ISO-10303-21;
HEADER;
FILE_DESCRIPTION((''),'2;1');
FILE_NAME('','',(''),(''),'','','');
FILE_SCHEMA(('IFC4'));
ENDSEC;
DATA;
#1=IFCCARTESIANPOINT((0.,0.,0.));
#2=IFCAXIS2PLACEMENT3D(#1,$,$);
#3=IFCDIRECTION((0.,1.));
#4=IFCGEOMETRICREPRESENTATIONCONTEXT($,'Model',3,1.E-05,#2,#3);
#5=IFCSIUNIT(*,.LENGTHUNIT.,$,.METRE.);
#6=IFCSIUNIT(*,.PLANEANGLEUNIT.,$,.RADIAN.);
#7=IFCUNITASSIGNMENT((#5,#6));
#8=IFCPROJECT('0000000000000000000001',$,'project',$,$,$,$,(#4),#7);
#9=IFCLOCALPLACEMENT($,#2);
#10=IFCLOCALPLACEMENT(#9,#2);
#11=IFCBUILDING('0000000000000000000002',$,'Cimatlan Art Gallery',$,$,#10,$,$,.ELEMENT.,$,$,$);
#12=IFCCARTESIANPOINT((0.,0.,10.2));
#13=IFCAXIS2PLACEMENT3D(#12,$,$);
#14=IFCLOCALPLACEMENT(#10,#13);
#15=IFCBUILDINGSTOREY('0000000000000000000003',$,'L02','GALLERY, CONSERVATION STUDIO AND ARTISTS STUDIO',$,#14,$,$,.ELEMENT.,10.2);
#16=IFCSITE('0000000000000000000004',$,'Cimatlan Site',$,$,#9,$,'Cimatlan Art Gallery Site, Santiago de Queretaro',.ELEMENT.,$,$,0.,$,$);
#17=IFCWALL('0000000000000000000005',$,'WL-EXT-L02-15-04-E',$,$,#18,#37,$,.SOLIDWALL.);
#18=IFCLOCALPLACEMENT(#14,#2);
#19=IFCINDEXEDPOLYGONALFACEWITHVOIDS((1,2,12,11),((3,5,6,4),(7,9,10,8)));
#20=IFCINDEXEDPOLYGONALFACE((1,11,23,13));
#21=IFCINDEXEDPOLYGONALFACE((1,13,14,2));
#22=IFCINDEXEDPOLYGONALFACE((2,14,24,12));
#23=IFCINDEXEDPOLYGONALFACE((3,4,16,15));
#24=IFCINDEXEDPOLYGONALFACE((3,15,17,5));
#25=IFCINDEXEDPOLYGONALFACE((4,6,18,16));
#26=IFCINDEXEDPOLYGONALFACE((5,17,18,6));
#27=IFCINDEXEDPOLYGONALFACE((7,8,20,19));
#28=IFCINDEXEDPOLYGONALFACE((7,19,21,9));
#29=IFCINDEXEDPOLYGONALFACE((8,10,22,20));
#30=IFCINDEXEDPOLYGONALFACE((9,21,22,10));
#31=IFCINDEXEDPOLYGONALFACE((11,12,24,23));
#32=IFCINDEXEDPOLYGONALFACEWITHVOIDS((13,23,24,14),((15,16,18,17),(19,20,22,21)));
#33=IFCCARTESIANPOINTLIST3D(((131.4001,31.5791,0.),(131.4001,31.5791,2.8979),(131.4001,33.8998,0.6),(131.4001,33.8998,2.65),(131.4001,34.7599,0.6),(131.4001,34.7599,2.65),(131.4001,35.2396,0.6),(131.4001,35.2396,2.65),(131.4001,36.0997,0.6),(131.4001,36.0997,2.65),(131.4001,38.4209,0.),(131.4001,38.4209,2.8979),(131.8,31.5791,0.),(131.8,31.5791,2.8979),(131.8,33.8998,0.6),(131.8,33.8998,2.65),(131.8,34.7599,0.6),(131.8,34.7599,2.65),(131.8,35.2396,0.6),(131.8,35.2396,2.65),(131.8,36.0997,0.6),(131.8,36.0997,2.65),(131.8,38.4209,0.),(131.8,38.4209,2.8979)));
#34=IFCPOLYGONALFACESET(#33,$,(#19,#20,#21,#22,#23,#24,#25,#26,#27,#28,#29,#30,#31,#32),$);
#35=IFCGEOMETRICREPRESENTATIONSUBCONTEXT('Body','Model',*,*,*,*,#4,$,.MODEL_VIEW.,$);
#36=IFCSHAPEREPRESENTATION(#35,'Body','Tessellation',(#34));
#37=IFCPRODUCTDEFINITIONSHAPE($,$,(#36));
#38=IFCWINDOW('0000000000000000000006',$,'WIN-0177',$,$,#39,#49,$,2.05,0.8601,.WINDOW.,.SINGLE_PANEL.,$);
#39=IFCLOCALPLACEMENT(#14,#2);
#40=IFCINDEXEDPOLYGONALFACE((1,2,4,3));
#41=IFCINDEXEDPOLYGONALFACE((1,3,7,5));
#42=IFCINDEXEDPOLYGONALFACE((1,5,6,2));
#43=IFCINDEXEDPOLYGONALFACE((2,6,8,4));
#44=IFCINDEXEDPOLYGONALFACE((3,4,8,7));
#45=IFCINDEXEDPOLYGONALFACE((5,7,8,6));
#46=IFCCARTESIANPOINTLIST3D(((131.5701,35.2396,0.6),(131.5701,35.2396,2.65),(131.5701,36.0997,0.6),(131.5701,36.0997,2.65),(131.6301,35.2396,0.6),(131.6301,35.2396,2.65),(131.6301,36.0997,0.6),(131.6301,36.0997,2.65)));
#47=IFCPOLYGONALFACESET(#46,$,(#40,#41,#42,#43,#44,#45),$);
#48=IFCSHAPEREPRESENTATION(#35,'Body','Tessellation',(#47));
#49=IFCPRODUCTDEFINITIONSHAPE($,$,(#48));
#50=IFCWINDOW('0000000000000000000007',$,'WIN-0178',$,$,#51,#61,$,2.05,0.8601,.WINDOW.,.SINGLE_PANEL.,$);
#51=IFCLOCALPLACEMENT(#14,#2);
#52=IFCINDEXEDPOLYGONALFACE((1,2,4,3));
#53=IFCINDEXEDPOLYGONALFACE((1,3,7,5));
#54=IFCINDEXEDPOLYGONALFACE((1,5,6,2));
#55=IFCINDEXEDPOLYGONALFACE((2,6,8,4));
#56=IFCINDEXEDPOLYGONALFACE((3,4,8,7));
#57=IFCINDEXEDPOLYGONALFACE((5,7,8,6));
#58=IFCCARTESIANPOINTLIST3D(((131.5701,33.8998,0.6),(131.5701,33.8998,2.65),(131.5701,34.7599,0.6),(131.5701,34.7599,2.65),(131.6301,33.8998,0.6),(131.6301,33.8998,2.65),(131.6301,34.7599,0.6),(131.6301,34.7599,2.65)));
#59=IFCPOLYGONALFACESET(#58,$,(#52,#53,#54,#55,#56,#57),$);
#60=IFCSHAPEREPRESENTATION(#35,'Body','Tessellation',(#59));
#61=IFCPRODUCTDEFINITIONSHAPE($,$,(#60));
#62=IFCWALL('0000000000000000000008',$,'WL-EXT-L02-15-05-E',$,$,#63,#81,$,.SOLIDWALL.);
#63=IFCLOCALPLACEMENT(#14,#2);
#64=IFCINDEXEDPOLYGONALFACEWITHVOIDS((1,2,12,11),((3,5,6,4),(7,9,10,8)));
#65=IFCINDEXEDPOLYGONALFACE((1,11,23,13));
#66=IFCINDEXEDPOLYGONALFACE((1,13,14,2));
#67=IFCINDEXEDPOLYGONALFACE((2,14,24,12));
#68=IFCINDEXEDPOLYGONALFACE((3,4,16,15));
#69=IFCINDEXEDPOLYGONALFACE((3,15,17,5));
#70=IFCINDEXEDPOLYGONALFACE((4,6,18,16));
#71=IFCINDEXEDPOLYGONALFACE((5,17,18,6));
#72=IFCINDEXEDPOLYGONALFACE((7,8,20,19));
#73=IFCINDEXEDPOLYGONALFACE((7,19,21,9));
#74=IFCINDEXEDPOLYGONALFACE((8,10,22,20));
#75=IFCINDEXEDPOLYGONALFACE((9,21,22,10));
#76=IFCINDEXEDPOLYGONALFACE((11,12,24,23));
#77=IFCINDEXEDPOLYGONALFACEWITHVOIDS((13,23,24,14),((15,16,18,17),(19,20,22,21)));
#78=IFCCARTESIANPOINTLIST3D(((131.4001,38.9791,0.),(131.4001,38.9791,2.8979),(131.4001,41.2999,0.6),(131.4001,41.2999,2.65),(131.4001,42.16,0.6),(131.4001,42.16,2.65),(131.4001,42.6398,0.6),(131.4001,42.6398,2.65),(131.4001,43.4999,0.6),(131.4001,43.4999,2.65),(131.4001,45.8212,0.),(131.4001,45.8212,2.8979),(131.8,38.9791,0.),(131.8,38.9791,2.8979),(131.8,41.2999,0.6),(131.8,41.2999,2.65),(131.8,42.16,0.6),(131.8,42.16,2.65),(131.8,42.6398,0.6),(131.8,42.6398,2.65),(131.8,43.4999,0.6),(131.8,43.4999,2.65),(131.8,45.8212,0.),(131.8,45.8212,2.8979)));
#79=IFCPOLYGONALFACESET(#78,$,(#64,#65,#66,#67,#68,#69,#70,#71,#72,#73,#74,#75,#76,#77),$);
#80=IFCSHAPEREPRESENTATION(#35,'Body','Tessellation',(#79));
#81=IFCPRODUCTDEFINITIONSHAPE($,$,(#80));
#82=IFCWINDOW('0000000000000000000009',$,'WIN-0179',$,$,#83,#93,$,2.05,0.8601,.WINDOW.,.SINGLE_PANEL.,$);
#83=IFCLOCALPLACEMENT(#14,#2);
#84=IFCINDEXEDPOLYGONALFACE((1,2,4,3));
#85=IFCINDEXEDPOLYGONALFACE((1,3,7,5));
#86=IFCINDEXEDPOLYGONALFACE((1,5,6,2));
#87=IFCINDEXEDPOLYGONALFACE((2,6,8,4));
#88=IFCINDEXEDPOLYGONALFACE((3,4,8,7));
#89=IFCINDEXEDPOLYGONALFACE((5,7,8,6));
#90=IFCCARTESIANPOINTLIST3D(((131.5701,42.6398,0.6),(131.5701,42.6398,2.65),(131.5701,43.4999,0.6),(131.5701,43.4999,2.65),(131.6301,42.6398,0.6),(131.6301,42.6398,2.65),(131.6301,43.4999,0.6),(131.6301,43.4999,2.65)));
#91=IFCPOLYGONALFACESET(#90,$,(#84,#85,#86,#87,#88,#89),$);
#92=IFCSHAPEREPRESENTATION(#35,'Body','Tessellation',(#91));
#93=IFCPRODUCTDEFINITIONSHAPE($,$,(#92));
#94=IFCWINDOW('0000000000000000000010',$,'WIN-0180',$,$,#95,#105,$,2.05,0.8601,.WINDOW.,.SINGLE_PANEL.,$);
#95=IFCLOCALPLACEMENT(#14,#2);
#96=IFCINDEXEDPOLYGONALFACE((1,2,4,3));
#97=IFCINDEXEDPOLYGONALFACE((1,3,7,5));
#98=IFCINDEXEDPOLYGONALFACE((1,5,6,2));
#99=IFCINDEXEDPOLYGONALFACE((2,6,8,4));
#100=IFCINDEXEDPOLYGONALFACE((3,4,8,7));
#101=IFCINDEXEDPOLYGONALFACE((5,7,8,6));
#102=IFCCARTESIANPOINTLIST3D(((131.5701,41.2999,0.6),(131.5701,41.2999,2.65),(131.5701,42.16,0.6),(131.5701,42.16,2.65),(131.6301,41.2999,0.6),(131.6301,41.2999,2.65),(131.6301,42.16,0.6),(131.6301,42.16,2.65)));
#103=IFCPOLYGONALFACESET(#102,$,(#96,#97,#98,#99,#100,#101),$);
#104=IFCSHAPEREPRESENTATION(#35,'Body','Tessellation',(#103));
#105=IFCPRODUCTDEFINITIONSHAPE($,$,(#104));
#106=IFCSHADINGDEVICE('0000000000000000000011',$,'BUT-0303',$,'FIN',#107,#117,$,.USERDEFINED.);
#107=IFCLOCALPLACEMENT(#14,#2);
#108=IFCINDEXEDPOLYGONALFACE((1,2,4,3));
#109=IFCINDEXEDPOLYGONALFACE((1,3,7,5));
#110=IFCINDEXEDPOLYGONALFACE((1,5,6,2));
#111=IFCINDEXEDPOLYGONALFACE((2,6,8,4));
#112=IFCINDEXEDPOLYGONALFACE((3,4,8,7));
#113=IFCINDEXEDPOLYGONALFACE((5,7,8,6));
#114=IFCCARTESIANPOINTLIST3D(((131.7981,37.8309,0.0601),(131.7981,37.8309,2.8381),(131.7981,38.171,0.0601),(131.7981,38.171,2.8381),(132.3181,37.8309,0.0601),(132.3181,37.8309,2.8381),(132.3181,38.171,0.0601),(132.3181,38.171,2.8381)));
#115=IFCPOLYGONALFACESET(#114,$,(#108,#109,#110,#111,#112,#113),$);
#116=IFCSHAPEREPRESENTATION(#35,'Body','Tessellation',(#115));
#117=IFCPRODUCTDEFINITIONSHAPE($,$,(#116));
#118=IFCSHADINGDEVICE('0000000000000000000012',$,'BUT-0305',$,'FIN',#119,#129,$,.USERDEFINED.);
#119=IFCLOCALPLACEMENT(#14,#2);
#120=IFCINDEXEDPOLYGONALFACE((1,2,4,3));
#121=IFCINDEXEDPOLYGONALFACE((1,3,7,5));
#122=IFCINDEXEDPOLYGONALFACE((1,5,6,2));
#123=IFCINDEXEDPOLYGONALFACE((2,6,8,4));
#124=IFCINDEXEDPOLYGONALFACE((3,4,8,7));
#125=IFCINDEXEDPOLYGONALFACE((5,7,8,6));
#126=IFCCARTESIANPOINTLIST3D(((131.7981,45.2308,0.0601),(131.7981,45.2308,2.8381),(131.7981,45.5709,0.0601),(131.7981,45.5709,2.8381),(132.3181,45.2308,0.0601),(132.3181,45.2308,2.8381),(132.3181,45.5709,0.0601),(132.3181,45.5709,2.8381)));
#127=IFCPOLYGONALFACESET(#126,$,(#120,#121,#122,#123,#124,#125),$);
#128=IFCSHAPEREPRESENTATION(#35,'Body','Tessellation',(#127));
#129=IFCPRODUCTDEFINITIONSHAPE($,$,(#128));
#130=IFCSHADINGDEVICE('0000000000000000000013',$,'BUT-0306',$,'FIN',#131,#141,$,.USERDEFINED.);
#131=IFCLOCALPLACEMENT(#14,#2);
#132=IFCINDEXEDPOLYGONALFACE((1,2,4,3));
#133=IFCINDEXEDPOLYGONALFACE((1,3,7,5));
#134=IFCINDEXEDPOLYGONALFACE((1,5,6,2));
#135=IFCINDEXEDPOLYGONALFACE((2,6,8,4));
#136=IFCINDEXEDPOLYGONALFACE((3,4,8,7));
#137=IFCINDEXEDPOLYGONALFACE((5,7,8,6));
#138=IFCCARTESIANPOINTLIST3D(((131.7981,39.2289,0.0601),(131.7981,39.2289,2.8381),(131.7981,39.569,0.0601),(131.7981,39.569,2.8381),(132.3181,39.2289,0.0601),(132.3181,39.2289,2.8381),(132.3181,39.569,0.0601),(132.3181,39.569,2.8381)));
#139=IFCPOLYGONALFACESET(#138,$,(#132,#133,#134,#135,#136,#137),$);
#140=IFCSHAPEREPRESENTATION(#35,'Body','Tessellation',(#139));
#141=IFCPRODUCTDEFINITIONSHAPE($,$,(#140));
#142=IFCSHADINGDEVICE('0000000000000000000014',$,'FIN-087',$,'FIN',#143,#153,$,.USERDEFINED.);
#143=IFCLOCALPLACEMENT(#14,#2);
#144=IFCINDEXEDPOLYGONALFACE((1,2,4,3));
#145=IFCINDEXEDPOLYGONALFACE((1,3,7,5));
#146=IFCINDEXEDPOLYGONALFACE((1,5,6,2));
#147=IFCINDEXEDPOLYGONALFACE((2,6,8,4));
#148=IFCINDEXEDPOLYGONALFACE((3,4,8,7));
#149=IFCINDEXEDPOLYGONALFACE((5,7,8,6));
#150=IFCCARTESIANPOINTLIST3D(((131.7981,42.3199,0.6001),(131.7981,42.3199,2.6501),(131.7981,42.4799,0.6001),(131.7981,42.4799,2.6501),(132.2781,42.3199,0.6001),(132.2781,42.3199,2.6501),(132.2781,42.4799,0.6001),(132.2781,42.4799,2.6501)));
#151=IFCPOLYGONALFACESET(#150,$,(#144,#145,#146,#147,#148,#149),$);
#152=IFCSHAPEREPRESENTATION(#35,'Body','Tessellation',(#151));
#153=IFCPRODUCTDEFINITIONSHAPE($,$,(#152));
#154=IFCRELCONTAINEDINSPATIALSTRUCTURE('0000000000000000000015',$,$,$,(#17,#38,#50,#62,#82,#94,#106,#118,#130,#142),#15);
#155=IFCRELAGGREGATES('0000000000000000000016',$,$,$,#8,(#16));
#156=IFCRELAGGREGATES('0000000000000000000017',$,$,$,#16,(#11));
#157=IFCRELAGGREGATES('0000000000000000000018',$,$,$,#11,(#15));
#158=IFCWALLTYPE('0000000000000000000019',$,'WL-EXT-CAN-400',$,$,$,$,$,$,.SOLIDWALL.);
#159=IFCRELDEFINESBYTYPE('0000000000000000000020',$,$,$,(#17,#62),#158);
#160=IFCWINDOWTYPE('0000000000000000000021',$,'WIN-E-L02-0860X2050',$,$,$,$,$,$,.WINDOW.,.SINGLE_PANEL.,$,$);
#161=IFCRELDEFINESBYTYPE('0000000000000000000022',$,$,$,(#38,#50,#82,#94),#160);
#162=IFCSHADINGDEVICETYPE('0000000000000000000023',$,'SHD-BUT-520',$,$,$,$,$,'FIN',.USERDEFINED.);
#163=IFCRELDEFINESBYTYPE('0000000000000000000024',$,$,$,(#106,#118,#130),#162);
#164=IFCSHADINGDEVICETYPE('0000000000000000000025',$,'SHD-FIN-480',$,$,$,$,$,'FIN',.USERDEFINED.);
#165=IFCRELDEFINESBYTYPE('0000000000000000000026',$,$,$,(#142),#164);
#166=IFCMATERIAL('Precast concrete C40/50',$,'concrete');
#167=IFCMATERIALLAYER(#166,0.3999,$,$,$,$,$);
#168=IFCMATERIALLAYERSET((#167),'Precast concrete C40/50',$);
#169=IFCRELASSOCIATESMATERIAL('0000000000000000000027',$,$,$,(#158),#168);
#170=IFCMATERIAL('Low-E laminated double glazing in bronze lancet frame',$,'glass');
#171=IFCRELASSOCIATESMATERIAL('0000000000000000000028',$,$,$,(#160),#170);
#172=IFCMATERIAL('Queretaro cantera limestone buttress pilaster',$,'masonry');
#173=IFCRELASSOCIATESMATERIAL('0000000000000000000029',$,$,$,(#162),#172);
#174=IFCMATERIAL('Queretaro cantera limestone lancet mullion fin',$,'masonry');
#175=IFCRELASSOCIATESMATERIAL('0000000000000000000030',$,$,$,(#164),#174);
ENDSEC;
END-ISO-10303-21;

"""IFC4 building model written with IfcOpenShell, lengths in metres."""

from ifc_helpers import new_model, si_unit, direction, frame, frame_2d, origin, origin_2d, place, context, subcontext, project, spatial, rectangle, extrude, material, layer, layer_set, type_object, element, fill, save


model = new_model("IFC4")

# Units and contexts
model_context = context("Model", 3, precision=1e-05, world=origin(), true_north=direction((0.0, 1.0)))
body_context = subcontext(model_context, "Body", "Model", "MODEL_VIEW")
ifc_project = project(units=[si_unit("LENGTHUNIT", "METRE"), si_unit("PLANEANGLEUNIT", "RADIAN")], contexts=[model_context])

# Site, building, storey
site_placement = place(None, origin())
site = spatial("IfcSite", under=ifc_project, at=site_placement, Name="Cimatlan Site", LongName="Cimatlan Art Gallery Site, Santiago de Queretaro", CompositionType="ELEMENT", RefElevation=0.0)
building_placement = place(site_placement, origin())
building = spatial("IfcBuilding", under=site, at=building_placement, Name="Cimatlan Art Gallery", CompositionType="ELEMENT")
storey_placement = place(building_placement, frame((0.0, 0.0, 10.2)))
storey = spatial("IfcBuildingStorey", under=building, at=storey_placement, Name="L02", Description="GALLERY, CONSERVATION STUDIO AND ARTISTS STUDIO", CompositionType="ELEMENT", Elevation=10.2)

# Walls, openings, windows
ifc_material_1 = material(Name="Precast concrete C40/50", Category="concrete")
ifc_layer_1 = layer(ifc_material_1, 0.3999)
ifc_layer_set_1 = layer_set([ifc_layer_1], Name="Precast concrete C40/50")
wall_type = type_object("IfcWallType", Name="WL-EXT-CAN-400", PredefinedType="SOLIDWALL", material=ifc_layer_set_1)
wall_1_placement = place(storey_placement, frame((131.6001, 38.4209, 0.0), z_axis=(0.0, 0.0, 1.0), x_axis=(0.0, -1.0, 0.0)))
wall_1 = element("IfcWall", 1, at=wall_1_placement, inside=storey, type_object=wall_type, Name="WL-EXT-L02-15-04-E", PredefinedType="SOLIDWALL", context=body_context, shape_type="SweptSolid", body=[
    extrude(rectangle(XDim=6.8418, YDim=0.3999, at=frame_2d((3.4209, 0.0))), origin(), (0.0, 0.0, 1.0), 2.8979),
])
opening_1_placement = place(wall_1_placement, frame((2.321, 0.0, 0.6001)))
opening_1 = element("IfcOpeningElement", 2, at=opening_1_placement, cuts=wall_1, PredefinedType="OPENING", context=body_context, shape_type="SweptSolid", body=[
    extrude(rectangle(XDim=0.8601, YDim=2.05, at=frame_2d((0.4302, 1.0249))), frame((0.0, 0.21, 0.0), z_axis=(0.0, -1.0, 0.0), x_axis=(1.0, 0.0, 0.0)), (0.0, 0.0, 1.0), 0.4199),
])
opening_2_placement = place(wall_1_placement, frame((3.6609, 0.0, 0.6001)))
opening_2 = element("IfcOpeningElement", 3, at=opening_2_placement, cuts=wall_1, PredefinedType="OPENING", context=body_context, shape_type="SweptSolid", body=[
    extrude(rectangle(XDim=0.8601, YDim=2.05, at=frame_2d((0.4302, 1.0249))), frame((0.0, 0.21, 0.0), z_axis=(0.0, -1.0, 0.0), x_axis=(1.0, 0.0, 0.0)), (0.0, 0.0, 1.0), 0.4199),
])
ifc_material_2 = material(Name="Low-E laminated double glazing in bronze lancet frame", Category="glass")
window_type = type_object("IfcWindowType", Name="WIN-E-L02-0860X2050", PartitioningType="SINGLE_PANEL", PredefinedType="WINDOW", material=ifc_material_2)
window_1_placement = place(opening_1_placement, origin())
window_1 = element("IfcWindow", 4, at=window_1_placement, inside=storey, type_object=window_type, Name="WIN-0177", OverallHeight=2.05, OverallWidth=0.8601, PartitioningType="SINGLE_PANEL", PredefinedType="WINDOW", context=body_context, shape_type="SweptSolid", body=[
    extrude(rectangle(XDim=0.8601, YDim=2.05, at=frame_2d((0.4302, 1.0249))), frame((0.0, 0.03, 0.0), z_axis=(0.0, -1.0, 0.0), x_axis=(1.0, 0.0, 0.0)), (0.0, 0.0, 1.0), 0.0601),
])
fill(opening_1, window_1)
window_2_placement = place(opening_2_placement, origin())
window_2 = element("IfcWindow", 5, at=window_2_placement, inside=storey, type_object=window_type, Name="WIN-0178", OverallHeight=2.05, OverallWidth=0.8601, PartitioningType="SINGLE_PANEL", PredefinedType="WINDOW", context=body_context, shape_type="SweptSolid", body=[
    extrude(rectangle(XDim=0.8601, YDim=2.05, at=frame_2d((0.4302, 1.0249))), frame((0.0, 0.03, 0.0), z_axis=(0.0, -1.0, 0.0), x_axis=(1.0, 0.0, 0.0)), (0.0, 0.0, 1.0), 0.0601),
])
fill(opening_2, window_2)
wall_2_placement = place(storey_placement, frame((131.6001, 45.821, 0.0), z_axis=(0.0, 0.0, 1.0), x_axis=(0.0, -1.0, 0.0)))
wall_2 = element("IfcWall", 6, at=wall_2_placement, inside=storey, type_object=wall_type, Name="WL-EXT-L02-15-05-E", PredefinedType="SOLIDWALL", context=body_context, shape_type="SweptSolid", body=[
    extrude(rectangle(XDim=6.842, YDim=0.3999, at=frame_2d((3.4209, 0.0))), origin(), (0.0, 0.0, 1.0), 2.8979),
])
opening_3_placement = place(wall_2_placement, frame((2.321, 0.0, 0.6001)))
opening_3 = element("IfcOpeningElement", 7, at=opening_3_placement, cuts=wall_2, PredefinedType="OPENING", context=body_context, shape_type="SweptSolid", body=[
    extrude(rectangle(XDim=0.8601, YDim=2.05, at=frame_2d((0.4302, 1.0249))), frame((0.0, 0.21, 0.0), z_axis=(0.0, -1.0, 0.0), x_axis=(1.0, 0.0, 0.0)), (0.0, 0.0, 1.0), 0.4199),
])
opening_4_placement = place(wall_2_placement, frame((3.6609, 0.0, 0.6001)))
opening_4 = element("IfcOpeningElement", 8, at=opening_4_placement, cuts=wall_2, PredefinedType="OPENING", context=body_context, shape_type="SweptSolid", body=[
    extrude(rectangle(XDim=0.8601, YDim=2.05, at=frame_2d((0.4302, 1.0249))), frame((0.0, 0.21, 0.0), z_axis=(0.0, -1.0, 0.0), x_axis=(1.0, 0.0, 0.0)), (0.0, 0.0, 1.0), 0.4199),
])
window_3_placement = place(opening_3_placement, origin())
window_3 = element("IfcWindow", 9, at=window_3_placement, inside=storey, type_object=window_type, Name="WIN-0179", OverallHeight=2.05, OverallWidth=0.8601, PartitioningType="SINGLE_PANEL", PredefinedType="WINDOW", context=body_context, shape_type="SweptSolid", body=[
    extrude(rectangle(XDim=0.8601, YDim=2.05, at=frame_2d((0.4302, 1.0249))), frame((0.0, 0.03, 0.0), z_axis=(0.0, -1.0, 0.0), x_axis=(1.0, 0.0, 0.0)), (0.0, 0.0, 1.0), 0.0601),
])
fill(opening_3, window_3)
window_4_placement = place(opening_4_placement, origin())
window_4 = element("IfcWindow", 10, at=window_4_placement, inside=storey, type_object=window_type, Name="WIN-0180", OverallHeight=2.05, OverallWidth=0.8601, PartitioningType="SINGLE_PANEL", PredefinedType="WINDOW", context=body_context, shape_type="SweptSolid", body=[
    extrude(rectangle(XDim=0.8601, YDim=2.05, at=frame_2d((0.4302, 1.0249))), frame((0.0, 0.03, 0.0), z_axis=(0.0, -1.0, 0.0), x_axis=(1.0, 0.0, 0.0)), (0.0, 0.0, 1.0), 0.0601),
])
fill(opening_4, window_4)

# Shading devices
ifc_material_3 = material(Name="Queretaro cantera limestone buttress pilaster", Category="masonry")
shading_device_type_1 = type_object("IfcShadingDeviceType", Name="SHD-BUT-520", ElementType="FIN", PredefinedType="USERDEFINED", material=ifc_material_3)
for number, where, z_axis, x_axis, name in (
    (11, (132.0581, 38.001, 0.0601), (0.0, 0.0, 1.0), (0.0, -1.0, 0.0), "BUT-0303"),
    (12, (132.0581, 45.4009, 0.0601), (0.0, 0.0, 1.0), (0.0, -1.0, 0.0), "BUT-0305"),
    (13, (132.0581, 39.3989, 0.0601), (0.0, 0.0, 1.0), (0.0, -1.0, 0.0), "BUT-0306"),
):
    element("IfcShadingDevice", number, at=place(storey_placement, frame(where, z_axis=z_axis, x_axis=x_axis)), inside=storey, type_object=shading_device_type_1, Name=name, ObjectType="FIN", PredefinedType="USERDEFINED", context=body_context, shape_type="SweptSolid", body=[
        extrude(rectangle(XDim=0.3401, YDim=0.52, at=origin_2d()), origin(), (0.0, 0.0, 1.0), 2.7781),
    ])
ifc_material_4 = material(Name="Queretaro cantera limestone lancet mullion fin", Category="masonry")
shading_device_type_2 = type_object("IfcShadingDeviceType", Name="SHD-FIN-480", ElementType="FIN", PredefinedType="USERDEFINED", material=ifc_material_4)
shading_device_placement = place(storey_placement, frame((132.0381, 42.3999, 0.6001), z_axis=(0.0, 0.0, 1.0), x_axis=(0.0, -1.0, 0.0)))
element("IfcShadingDevice", 14, at=shading_device_placement, inside=storey, type_object=shading_device_type_2, Name="FIN-087", ObjectType="FIN", PredefinedType="USERDEFINED", context=body_context, shape_type="SweptSolid", body=[
    extrude(rectangle(XDim=0.1599, YDim=0.48, at=origin_2d()), origin(), (0.0, 0.0, 1.0), 2.05),
])

save(model, "model.ifc")
